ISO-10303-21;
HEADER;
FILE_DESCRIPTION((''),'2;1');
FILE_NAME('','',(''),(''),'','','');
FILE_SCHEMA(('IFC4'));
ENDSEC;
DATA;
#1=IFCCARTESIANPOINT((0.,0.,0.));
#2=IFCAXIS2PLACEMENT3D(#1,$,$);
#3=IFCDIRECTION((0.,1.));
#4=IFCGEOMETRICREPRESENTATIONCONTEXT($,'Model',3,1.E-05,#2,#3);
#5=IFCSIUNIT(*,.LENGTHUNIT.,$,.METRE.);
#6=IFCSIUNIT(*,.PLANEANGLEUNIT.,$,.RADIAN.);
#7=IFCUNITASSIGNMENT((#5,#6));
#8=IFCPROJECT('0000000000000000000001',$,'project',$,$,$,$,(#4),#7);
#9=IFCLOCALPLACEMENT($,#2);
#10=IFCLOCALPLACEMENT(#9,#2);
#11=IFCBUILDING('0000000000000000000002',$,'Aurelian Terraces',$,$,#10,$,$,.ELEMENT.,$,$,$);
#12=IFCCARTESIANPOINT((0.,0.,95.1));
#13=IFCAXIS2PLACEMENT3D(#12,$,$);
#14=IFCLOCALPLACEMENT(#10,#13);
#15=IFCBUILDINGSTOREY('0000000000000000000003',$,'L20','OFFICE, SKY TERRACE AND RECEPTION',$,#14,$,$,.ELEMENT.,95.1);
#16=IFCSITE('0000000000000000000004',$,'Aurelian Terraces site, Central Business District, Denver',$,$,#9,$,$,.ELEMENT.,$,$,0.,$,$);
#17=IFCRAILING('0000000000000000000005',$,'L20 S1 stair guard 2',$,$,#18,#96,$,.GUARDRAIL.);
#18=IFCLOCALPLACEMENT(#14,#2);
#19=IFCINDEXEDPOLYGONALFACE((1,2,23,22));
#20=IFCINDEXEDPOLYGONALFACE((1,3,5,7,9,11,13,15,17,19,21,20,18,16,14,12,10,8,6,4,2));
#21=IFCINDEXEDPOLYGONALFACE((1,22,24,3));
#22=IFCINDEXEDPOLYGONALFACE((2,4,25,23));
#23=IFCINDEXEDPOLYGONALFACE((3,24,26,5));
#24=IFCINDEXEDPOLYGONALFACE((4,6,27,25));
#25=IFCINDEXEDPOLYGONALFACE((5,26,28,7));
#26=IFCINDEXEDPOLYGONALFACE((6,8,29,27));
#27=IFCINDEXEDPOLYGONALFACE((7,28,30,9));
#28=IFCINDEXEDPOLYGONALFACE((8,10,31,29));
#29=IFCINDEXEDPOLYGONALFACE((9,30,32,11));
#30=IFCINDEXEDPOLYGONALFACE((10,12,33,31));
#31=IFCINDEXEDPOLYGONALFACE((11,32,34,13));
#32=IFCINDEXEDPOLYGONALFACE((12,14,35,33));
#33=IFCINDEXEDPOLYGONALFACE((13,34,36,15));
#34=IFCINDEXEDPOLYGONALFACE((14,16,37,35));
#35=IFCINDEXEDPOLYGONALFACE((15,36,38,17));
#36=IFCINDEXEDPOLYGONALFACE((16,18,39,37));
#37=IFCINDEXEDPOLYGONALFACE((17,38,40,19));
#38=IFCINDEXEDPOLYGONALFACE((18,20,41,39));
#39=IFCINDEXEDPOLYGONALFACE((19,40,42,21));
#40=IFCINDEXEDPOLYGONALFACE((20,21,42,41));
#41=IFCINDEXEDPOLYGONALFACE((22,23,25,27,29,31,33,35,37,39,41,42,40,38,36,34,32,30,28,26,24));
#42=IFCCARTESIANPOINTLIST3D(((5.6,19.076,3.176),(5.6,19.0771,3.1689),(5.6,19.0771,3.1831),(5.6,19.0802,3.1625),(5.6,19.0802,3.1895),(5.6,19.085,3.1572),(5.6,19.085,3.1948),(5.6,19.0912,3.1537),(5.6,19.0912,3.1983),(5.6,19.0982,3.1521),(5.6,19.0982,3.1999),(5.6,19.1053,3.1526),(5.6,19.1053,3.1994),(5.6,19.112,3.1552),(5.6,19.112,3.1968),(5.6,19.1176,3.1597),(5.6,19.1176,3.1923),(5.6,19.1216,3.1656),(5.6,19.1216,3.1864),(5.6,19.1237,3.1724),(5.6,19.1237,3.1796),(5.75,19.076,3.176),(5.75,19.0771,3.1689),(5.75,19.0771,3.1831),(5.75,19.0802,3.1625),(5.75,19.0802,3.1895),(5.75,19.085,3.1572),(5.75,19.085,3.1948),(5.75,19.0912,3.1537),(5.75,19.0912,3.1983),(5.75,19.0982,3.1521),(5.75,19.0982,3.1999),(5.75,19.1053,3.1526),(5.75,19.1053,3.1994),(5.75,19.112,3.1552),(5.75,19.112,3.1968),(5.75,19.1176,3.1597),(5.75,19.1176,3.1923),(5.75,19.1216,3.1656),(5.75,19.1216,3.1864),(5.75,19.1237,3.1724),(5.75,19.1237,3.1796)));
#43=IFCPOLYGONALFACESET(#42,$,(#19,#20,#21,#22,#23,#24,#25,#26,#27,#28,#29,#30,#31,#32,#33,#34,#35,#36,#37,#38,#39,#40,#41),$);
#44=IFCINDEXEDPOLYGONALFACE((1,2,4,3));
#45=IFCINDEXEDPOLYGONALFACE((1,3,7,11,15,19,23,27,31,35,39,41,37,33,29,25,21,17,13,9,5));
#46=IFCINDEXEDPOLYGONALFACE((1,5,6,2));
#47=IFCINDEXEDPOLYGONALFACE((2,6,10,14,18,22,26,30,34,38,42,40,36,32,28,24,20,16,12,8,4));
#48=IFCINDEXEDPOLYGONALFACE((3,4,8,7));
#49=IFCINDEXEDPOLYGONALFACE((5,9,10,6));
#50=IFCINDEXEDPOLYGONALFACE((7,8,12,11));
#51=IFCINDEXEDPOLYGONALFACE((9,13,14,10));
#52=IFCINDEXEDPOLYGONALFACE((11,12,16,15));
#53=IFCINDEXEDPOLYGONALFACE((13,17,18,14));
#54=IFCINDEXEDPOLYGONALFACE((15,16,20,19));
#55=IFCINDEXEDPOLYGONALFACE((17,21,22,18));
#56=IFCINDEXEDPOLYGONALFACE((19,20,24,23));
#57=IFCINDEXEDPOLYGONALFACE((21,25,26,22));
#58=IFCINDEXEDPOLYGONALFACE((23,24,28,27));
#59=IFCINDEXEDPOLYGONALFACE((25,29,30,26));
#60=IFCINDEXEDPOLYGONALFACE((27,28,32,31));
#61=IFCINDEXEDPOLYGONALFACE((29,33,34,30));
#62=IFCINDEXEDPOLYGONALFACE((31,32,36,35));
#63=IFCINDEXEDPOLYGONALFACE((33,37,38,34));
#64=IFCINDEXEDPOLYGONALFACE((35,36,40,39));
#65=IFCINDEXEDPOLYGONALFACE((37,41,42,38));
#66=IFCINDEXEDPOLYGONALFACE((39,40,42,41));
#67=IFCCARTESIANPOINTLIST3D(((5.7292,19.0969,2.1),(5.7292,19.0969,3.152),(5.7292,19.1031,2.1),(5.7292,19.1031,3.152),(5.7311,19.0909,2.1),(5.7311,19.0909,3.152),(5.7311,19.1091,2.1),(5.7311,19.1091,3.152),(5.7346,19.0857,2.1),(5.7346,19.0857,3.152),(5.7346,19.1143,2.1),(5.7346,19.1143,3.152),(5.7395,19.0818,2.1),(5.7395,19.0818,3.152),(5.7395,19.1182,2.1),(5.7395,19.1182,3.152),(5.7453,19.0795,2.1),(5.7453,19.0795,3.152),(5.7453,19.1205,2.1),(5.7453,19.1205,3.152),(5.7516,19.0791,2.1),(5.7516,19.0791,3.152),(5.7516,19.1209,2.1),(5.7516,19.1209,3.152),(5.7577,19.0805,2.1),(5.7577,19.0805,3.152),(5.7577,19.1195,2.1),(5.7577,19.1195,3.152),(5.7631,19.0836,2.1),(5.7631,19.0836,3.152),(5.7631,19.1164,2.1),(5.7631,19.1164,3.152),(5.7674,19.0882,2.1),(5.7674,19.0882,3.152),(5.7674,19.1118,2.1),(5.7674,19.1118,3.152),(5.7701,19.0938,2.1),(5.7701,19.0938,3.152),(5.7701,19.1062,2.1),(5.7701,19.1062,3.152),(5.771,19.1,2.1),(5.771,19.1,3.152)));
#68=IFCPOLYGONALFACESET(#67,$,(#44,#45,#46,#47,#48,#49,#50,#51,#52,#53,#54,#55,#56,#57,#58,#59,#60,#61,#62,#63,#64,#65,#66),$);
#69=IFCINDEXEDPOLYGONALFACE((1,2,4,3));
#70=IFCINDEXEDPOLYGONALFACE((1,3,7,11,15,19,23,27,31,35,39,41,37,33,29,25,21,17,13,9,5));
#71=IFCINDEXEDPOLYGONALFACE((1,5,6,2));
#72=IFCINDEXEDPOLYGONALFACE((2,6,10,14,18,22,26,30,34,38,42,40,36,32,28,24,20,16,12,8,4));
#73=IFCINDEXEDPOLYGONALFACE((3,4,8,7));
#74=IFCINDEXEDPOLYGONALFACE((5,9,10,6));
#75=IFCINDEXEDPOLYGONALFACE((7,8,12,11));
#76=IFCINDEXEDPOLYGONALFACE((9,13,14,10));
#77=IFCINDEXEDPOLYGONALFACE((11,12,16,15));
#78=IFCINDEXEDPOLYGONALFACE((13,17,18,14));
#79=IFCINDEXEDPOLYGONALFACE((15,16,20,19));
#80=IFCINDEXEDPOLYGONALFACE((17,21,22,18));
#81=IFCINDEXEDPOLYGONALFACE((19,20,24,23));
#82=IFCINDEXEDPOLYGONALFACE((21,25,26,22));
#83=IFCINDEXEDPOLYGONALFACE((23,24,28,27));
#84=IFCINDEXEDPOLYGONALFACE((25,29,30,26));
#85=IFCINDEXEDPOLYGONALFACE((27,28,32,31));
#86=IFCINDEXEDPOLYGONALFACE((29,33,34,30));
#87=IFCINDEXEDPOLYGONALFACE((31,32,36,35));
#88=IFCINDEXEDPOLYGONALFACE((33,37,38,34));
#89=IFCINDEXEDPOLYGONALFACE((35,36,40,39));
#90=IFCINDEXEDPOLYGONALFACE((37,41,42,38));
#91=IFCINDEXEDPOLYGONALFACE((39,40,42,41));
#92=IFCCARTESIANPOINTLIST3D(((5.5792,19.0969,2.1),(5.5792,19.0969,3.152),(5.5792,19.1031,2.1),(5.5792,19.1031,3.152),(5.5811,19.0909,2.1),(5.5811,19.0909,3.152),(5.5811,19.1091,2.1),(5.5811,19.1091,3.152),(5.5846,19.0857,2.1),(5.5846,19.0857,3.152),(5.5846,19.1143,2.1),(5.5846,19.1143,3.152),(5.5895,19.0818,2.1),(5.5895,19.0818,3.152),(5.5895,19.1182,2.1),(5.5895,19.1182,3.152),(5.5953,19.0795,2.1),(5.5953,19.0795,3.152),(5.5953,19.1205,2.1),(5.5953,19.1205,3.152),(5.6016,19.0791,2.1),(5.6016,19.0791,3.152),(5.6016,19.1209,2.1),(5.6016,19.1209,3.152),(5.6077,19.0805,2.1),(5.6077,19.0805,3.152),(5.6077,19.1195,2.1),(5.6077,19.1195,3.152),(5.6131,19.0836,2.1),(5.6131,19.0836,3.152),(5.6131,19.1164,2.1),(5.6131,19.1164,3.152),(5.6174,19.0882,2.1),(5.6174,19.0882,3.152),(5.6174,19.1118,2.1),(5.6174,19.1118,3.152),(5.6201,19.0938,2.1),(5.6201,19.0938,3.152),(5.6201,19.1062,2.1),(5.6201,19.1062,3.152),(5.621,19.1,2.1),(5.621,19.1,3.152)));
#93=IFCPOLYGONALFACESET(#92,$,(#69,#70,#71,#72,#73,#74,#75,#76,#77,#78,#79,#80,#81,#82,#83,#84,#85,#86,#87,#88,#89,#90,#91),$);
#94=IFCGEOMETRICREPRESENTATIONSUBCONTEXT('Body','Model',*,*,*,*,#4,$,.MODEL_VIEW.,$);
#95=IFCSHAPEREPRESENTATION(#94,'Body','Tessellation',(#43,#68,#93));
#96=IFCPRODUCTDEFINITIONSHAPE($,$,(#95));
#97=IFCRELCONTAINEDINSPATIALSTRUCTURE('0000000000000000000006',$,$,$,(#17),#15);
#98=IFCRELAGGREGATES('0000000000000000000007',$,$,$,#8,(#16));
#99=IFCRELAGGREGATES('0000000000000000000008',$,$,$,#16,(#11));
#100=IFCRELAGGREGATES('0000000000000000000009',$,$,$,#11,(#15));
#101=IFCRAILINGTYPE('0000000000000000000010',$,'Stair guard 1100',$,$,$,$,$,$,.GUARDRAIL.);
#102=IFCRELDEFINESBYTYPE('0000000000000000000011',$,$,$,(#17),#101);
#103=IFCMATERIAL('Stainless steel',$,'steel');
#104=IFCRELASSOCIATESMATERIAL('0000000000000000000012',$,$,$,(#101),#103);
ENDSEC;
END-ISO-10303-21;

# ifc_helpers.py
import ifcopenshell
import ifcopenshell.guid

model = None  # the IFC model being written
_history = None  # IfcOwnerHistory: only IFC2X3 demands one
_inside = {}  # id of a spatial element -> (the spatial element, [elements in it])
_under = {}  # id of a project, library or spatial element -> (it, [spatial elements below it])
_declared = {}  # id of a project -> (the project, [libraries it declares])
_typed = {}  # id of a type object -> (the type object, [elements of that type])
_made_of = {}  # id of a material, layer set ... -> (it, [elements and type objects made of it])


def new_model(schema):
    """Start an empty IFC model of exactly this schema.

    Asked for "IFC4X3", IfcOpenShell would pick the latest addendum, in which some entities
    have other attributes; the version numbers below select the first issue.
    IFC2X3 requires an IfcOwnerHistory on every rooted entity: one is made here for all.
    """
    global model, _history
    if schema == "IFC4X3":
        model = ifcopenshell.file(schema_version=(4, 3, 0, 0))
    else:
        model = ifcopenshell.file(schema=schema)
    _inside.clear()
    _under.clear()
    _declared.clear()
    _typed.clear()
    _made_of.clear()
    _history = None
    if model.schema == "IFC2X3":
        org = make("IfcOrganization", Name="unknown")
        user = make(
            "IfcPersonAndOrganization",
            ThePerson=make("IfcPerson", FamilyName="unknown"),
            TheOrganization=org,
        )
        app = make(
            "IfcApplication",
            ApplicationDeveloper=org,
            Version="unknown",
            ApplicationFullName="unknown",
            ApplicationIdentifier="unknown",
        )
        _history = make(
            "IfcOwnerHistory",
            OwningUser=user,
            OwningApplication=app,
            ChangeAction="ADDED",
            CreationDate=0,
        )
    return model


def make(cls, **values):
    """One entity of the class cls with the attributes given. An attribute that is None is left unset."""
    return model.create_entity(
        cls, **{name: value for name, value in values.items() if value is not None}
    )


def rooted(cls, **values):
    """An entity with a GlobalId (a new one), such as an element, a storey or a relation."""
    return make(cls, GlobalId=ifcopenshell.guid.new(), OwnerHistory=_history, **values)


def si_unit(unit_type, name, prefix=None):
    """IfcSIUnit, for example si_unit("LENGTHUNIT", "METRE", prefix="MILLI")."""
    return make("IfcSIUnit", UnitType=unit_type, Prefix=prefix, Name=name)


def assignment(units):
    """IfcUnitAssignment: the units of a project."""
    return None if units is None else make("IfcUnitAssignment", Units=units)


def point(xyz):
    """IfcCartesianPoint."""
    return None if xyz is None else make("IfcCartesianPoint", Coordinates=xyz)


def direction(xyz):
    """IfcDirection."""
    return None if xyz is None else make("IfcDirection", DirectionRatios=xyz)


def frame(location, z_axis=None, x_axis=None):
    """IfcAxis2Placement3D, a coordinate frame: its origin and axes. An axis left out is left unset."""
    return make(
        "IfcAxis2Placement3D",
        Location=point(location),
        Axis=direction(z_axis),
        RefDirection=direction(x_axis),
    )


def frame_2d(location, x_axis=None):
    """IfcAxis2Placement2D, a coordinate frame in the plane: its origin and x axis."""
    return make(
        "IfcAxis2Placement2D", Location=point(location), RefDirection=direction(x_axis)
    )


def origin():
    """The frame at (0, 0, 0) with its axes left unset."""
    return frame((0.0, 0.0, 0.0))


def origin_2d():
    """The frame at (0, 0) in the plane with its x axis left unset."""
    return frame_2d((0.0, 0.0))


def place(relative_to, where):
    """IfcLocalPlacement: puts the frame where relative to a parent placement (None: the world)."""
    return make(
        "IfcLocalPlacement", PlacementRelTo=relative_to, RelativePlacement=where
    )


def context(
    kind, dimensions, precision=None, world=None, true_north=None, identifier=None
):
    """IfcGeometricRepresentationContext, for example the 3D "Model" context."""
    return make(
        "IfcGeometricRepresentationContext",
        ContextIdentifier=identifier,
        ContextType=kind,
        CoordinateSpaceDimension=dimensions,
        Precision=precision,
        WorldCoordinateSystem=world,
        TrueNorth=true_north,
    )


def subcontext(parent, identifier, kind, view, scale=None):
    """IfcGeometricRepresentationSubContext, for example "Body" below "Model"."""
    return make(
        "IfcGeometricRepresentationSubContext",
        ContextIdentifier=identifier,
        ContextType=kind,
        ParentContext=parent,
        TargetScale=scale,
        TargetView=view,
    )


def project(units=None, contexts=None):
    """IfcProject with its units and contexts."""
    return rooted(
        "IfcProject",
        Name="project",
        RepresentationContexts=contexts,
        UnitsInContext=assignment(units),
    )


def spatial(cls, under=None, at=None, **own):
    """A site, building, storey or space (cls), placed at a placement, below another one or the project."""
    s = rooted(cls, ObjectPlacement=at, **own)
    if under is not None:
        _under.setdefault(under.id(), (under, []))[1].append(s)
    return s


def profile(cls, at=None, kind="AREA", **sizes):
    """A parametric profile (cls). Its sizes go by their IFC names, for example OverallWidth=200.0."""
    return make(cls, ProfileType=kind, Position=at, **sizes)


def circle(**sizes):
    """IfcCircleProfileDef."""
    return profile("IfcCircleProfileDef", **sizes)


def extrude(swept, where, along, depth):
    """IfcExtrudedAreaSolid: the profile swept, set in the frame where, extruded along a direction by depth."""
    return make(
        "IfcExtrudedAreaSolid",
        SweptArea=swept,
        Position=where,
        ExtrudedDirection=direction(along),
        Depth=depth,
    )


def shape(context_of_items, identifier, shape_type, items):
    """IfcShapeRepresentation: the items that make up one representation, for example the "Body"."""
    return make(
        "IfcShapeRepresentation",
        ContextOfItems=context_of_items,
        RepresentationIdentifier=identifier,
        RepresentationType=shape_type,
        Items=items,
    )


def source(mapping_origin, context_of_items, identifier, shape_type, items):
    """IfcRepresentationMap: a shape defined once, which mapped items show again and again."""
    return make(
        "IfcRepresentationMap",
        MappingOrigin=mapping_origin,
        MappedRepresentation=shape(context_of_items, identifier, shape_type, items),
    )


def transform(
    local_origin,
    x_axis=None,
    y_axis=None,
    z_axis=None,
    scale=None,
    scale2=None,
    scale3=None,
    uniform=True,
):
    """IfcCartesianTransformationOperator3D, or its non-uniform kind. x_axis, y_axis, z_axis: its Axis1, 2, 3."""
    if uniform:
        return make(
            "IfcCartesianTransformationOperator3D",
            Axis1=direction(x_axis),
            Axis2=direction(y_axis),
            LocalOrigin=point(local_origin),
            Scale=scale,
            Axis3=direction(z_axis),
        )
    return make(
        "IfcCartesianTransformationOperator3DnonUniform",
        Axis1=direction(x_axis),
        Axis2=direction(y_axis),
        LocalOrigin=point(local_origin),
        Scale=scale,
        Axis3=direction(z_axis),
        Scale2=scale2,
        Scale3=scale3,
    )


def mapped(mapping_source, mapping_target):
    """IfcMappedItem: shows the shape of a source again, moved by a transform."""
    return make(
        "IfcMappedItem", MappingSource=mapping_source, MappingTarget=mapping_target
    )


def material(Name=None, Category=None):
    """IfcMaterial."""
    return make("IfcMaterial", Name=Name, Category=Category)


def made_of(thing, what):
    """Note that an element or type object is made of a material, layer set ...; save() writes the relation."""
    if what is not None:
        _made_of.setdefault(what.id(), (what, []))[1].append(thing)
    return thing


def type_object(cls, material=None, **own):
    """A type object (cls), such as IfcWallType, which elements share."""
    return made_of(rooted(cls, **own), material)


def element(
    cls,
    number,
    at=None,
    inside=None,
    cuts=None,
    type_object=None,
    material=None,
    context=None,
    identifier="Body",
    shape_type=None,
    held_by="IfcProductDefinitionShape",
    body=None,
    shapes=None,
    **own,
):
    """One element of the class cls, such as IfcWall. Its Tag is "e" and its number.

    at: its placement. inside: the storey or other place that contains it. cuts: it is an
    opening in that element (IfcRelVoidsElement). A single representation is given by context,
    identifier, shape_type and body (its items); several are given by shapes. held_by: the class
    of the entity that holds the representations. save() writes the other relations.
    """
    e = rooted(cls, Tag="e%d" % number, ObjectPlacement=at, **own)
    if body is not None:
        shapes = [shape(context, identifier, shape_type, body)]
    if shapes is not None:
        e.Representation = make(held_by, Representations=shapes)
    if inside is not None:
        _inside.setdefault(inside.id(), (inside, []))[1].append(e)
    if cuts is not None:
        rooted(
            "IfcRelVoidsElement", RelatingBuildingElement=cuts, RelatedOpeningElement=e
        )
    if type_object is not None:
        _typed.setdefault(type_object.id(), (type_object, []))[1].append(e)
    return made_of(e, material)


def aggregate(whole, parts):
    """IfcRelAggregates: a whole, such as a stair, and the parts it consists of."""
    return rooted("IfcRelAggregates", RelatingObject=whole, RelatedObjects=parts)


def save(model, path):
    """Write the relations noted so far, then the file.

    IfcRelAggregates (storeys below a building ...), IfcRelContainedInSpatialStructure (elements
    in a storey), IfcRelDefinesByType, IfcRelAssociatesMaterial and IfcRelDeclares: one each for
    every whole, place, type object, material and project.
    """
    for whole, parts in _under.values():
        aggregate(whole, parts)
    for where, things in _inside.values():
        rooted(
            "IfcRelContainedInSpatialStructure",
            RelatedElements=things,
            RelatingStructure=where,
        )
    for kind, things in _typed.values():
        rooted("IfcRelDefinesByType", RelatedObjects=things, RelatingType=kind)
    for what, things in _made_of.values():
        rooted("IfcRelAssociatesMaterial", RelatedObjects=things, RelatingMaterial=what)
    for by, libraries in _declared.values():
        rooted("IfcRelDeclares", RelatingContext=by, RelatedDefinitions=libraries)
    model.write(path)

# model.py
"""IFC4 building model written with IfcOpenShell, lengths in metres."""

from ifc_helpers import new_model, si_unit, direction, frame, origin, origin_2d, place, context, subcontext, project, spatial, circle, extrude, source, transform, mapped, material, type_object, element, save


model = new_model("IFC4")

# Units and contexts
model_context = context("Model", 3, precision=1e-05, world=origin(), true_north=direction((0.0, 1.0)))
body_context = subcontext(model_context, "Body", "Model", "MODEL_VIEW")
ifc_project = project(units=[si_unit("LENGTHUNIT", "METRE"), si_unit("PLANEANGLEUNIT", "RADIAN")], contexts=[model_context])

# Site, building, storey
site_placement = place(None, origin())
site = spatial("IfcSite", under=ifc_project, at=site_placement, Name="Aurelian Terraces site, Central Business District, Denver", CompositionType="ELEMENT", RefElevation=0.0)
building_placement = place(site_placement, origin())
building = spatial("IfcBuilding", under=site, at=building_placement, Name="Aurelian Terraces", CompositionType="ELEMENT")
storey_placement = place(building_placement, frame((0.0, 0.0, 95.1)))
storey = spatial("IfcBuildingStorey", under=building, at=storey_placement, Name="L20", Description="OFFICE, SKY TERRACE AND RECEPTION", CompositionType="ELEMENT", Elevation=95.1)

# Railing
ifc_material_1 = material(Name="Stainless steel", Category="steel")
railing_type_1 = type_object("IfcRailingType", Name="Stair guard 1100", PredefinedType="GUARDRAIL", material=ifc_material_1)
shared_shape_1 = source(origin(), body_context, "Body", "SweptSolid", [
    extrude(circle(Radius=0.024, at=origin_2d()), frame((0.0, 0.0, 1.076), z_axis=(-1.0, 0.0, 0.0), x_axis=(0.0, -1.0, 0.0)), (0.0, 0.0, 1.0), 0.15),
    extrude(circle(Radius=0.021, at=origin_2d()), origin(), (0.0, 0.0, 1.0), 1.052),
    extrude(circle(Radius=0.021, at=origin_2d()), frame((-0.15, 0.0, 0.0)), (0.0, 0.0, 1.0), 1.052),
])
railing_1_placement = place(storey_placement, frame((5.75, 19.1, 2.1)))
element("IfcRailing", 1, at=railing_1_placement, inside=storey, type_object=railing_type_1, Name="L20 S1 stair guard 2", PredefinedType="GUARDRAIL", context=body_context, shape_type="MappedRepresentation", body=[
    mapped(shared_shape_1, transform((0.0, 0.0, 0.0), scale=1.0)),
])

save(model, "model.ifc")
